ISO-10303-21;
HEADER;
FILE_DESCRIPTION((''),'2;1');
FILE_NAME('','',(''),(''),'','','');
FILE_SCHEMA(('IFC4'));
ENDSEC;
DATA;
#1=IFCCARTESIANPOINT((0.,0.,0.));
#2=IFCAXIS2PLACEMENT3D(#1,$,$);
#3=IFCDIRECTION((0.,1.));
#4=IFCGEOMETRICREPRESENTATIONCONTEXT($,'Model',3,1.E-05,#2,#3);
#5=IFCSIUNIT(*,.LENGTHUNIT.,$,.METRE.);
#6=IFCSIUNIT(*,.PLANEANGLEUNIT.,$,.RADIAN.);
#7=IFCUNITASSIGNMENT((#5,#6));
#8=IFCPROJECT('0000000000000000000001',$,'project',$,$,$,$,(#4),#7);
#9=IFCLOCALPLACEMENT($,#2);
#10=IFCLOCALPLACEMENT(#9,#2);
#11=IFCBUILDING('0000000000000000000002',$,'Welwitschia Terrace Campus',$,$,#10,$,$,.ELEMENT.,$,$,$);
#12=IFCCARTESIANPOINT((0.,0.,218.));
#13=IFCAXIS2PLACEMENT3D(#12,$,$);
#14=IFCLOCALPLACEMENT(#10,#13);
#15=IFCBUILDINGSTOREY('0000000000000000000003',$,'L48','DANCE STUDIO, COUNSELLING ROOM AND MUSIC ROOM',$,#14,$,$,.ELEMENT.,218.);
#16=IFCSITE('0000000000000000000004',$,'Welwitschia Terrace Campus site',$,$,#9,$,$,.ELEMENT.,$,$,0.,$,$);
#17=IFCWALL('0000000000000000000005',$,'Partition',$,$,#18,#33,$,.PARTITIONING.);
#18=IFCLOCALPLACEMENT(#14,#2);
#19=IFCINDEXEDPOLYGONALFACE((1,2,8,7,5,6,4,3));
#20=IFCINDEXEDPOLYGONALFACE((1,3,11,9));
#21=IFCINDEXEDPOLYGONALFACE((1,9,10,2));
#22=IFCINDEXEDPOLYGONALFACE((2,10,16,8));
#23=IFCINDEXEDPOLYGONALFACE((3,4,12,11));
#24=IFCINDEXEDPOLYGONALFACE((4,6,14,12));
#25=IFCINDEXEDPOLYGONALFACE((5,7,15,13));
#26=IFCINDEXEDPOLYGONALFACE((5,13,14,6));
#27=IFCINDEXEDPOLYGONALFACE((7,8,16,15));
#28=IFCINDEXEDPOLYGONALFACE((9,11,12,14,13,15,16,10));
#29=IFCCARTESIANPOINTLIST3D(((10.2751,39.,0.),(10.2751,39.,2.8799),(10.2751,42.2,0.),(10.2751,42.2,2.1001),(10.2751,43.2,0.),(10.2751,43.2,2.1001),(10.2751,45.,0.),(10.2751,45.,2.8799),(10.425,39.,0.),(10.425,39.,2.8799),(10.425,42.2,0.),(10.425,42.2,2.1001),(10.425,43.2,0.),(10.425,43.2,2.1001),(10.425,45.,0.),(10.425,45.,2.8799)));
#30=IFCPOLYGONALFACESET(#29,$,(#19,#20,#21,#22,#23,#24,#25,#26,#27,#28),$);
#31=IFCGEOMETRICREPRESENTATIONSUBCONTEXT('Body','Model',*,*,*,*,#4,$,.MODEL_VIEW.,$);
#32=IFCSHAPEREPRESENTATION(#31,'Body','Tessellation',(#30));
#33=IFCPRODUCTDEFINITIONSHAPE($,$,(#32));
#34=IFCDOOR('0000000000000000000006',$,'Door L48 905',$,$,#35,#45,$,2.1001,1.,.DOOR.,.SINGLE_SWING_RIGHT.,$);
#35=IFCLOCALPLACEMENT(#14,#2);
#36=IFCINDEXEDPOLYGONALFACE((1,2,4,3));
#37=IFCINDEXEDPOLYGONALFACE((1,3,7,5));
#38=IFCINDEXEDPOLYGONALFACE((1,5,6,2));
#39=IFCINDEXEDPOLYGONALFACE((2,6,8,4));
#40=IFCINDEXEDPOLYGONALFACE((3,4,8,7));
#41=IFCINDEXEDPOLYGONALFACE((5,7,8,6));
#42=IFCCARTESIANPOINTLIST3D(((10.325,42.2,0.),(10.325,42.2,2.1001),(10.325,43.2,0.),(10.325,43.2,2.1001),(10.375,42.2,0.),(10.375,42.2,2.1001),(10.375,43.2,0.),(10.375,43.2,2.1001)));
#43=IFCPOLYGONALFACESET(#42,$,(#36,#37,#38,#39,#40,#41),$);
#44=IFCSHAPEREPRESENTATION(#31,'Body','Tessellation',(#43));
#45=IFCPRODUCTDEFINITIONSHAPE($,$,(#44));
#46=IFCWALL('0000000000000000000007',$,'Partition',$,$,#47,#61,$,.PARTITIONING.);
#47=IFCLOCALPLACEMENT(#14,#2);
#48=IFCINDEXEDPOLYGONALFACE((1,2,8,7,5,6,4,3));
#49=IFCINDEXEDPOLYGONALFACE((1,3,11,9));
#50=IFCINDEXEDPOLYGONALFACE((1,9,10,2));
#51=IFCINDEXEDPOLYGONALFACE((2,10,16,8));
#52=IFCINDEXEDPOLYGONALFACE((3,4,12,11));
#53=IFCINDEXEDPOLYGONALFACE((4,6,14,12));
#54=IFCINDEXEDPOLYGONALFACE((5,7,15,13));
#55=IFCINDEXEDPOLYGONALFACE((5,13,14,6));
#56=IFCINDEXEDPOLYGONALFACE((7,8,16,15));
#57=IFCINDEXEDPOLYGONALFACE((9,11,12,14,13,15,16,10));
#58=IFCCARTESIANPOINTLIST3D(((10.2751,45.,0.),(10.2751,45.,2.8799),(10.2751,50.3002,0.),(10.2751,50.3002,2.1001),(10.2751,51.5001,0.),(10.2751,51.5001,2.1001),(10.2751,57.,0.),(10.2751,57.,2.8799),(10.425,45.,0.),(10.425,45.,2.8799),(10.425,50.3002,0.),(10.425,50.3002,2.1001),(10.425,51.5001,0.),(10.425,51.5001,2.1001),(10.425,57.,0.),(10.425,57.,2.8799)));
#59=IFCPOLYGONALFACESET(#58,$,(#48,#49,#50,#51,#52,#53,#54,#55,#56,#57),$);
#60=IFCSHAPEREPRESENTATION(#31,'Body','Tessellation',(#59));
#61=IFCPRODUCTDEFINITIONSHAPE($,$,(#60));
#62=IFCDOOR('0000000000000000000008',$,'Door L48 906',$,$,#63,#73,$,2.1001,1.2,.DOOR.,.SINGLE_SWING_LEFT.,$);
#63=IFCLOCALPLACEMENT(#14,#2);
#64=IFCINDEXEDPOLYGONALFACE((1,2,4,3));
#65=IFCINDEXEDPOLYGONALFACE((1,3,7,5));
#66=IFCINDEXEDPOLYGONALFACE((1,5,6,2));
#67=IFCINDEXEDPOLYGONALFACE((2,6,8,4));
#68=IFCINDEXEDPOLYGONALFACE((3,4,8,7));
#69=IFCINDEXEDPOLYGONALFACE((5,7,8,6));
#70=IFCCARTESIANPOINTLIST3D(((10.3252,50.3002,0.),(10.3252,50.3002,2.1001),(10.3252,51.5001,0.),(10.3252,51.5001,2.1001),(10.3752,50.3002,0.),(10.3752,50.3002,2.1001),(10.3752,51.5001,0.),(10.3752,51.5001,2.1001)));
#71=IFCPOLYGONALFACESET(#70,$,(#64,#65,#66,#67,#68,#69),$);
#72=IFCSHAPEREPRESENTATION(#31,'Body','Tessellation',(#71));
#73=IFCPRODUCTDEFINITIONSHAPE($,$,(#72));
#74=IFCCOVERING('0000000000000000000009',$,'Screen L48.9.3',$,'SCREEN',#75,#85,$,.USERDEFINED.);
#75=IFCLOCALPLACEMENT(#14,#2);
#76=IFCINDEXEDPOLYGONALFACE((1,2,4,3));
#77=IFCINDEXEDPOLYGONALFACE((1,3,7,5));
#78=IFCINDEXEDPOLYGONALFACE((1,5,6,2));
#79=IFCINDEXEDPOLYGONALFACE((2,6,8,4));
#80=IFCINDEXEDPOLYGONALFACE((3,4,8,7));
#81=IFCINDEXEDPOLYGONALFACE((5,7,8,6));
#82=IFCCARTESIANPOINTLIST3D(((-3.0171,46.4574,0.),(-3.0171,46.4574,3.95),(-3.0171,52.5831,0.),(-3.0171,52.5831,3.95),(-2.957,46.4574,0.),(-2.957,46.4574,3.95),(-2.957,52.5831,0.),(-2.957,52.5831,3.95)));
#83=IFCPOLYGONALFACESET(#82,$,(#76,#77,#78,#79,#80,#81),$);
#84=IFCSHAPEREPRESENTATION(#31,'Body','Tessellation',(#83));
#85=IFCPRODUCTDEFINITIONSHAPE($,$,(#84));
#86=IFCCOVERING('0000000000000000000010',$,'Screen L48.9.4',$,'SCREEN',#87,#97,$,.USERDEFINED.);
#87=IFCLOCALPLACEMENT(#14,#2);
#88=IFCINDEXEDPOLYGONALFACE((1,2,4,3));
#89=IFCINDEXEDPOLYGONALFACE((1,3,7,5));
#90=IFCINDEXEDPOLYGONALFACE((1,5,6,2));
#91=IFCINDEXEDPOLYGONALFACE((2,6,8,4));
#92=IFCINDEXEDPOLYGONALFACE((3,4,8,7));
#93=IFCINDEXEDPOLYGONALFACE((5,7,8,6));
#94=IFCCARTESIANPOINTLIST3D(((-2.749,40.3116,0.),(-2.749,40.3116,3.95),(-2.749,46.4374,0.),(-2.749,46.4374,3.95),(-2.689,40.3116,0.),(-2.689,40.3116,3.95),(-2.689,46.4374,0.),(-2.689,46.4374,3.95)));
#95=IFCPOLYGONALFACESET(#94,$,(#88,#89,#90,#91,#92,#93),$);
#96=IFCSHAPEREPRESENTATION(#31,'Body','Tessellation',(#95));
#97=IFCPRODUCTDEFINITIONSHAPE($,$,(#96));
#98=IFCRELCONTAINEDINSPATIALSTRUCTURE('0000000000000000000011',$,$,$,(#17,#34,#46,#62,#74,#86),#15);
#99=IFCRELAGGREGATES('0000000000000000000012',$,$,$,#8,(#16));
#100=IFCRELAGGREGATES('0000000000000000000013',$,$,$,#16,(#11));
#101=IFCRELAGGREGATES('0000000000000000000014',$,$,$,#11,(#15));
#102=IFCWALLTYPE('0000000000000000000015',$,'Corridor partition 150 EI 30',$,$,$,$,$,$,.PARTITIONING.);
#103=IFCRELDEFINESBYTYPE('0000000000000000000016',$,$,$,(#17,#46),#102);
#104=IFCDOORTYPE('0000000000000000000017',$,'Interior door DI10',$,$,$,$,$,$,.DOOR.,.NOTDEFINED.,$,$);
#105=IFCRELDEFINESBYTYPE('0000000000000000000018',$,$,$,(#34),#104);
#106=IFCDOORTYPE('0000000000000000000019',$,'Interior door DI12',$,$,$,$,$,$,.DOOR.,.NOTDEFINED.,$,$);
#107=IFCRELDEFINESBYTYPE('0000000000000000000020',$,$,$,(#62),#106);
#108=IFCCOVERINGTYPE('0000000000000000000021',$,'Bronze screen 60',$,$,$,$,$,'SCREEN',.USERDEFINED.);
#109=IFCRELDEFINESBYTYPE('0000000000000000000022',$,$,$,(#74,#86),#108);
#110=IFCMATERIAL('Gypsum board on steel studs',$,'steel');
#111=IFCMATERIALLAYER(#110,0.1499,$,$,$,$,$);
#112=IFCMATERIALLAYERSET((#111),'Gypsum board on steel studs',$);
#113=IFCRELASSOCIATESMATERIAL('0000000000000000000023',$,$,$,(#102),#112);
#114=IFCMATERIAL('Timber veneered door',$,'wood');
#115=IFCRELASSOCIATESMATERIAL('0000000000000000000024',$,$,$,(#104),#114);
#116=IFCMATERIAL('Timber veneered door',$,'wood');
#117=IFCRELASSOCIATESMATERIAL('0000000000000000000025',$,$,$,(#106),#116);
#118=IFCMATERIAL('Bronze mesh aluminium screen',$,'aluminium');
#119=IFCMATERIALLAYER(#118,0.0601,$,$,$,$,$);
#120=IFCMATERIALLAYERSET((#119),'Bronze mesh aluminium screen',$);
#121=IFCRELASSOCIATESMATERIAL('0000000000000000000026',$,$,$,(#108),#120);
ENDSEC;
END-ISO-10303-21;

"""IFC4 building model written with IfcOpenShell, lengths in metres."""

from ifc_helpers import new_model, si_unit, direction, frame, frame_2d, origin, origin_2d, place, context, subcontext, project, spatial, rectangle, extrude, material, layer, layer_set, type_object, element, fill, save


model = new_model("IFC4")

# Units and contexts
model_context = context("Model", 3, precision=1e-05, world=origin(), true_north=direction((0.0, 1.0)))
body_context = subcontext(model_context, "Body", "Model", "MODEL_VIEW")
ifc_project = project(units=[si_unit("LENGTHUNIT", "METRE"), si_unit("PLANEANGLEUNIT", "RADIAN")], contexts=[model_context])

# Site, building, storey
site_placement = place(None, origin())
site = spatial("IfcSite", under=ifc_project, at=site_placement, Name="Welwitschia Terrace Campus site", CompositionType="ELEMENT", RefElevation=0.0)
building_placement = place(site_placement, origin())
building = spatial("IfcBuilding", under=site, at=building_placement, Name="Welwitschia Terrace Campus", CompositionType="ELEMENT")
storey_placement = place(building_placement, frame((0.0, 0.0, 218.0)))
storey = spatial("IfcBuildingStorey", under=building, at=storey_placement, Name="L48", Description="DANCE STUDIO, COUNSELLING ROOM AND MUSIC ROOM", CompositionType="ELEMENT", Elevation=218.0)

# Shared definitions
ifc_material_1 = material(Name="Gypsum board on steel studs", Category="steel")
ifc_layer_1 = layer(ifc_material_1, 0.1499)
ifc_layer_set_1 = layer_set([ifc_layer_1], Name="Gypsum board on steel studs")
wall_type = type_object("IfcWallType", Name="Corridor partition 150 EI 30", PredefinedType="PARTITIONING", material=ifc_layer_set_1)

# Shared definitions
ifc_material_2 = material(Name="Timber veneered door", Category="wood")
door_type_1 = type_object("IfcDoorType", Name="Interior door DI10", OperationType="NOTDEFINED", PredefinedType="DOOR", material=ifc_material_2)

# Walls, openings, doors
wall_1_placement = place(storey_placement, frame((10.3501, 45.0, 0.0), z_axis=(0.0, 0.0, 1.0), x_axis=(0.0, -1.0, 0.0)))
wall_1 = element("IfcWall", 1, at=wall_1_placement, inside=storey, type_object=wall_type, Name="Partition", PredefinedType="PARTITIONING", context=body_context, shape_type="SweptSolid", body=[
    extrude(rectangle(XDim=6.0, YDim=0.1499, at=frame_2d((3.0, 0.0))), origin(), (0.0, 0.0, 1.0), 2.8799),
])
opening_1_placement = place(wall_1_placement, frame((1.8, 0.0, 0.0)))
opening_1 = element("IfcOpeningElement", 2, at=opening_1_placement, cuts=wall_1, PredefinedType="OPENING", context=body_context, shape_type="SweptSolid", body=[
    extrude(rectangle(XDim=1.0, YDim=2.1001, at=frame_2d((0.5, 1.05))), frame((0.0, 0.085, 0.0), z_axis=(0.0, -1.0, 0.0), x_axis=(1.0, 0.0, 0.0)), (0.0, 0.0, 1.0), 0.1699),
])
door_1_placement = place(opening_1_placement, origin())
door_1 = element("IfcDoor", 3, at=door_1_placement, inside=storey, type_object=door_type_1, Name="Door L48 905", OperationType="SINGLE_SWING_RIGHT", OverallHeight=2.1001, OverallWidth=1.0, PredefinedType="DOOR", context=body_context, shape_type="SweptSolid", body=[
    extrude(rectangle(XDim=1.0, YDim=2.1001, at=frame_2d((0.5, 1.05))), frame((0.0, 0.0249, 0.0), z_axis=(0.0, -1.0, 0.0), x_axis=(1.0, 0.0, 0.0)), (0.0, 0.0, 1.0), 0.05),
])
fill(opening_1, door_1)
wall_2_placement = place(storey_placement, frame((10.3501, 45.0, 0.0), z_axis=(0.0, 0.0, 1.0), x_axis=(0.0, 1.0, 0.0)))
wall_2 = element("IfcWall", 4, at=wall_2_placement, inside=storey, type_object=wall_type, Name="Partition", PredefinedType="PARTITIONING", context=body_context, shape_type="SweptSolid", body=[
    extrude(rectangle(XDim=12.0, YDim=0.1499, at=frame_2d((6.0, 0.0))), origin(), (0.0, 0.0, 1.0), 2.8799),
])
opening_2_placement = place(wall_2_placement, frame((5.3, 0.0, 0.0)))
opening_2 = element("IfcOpeningElement", 5, at=opening_2_placement, cuts=wall_2, PredefinedType="OPENING", context=body_context, shape_type="SweptSolid", body=[
    extrude(rectangle(XDim=1.2, YDim=2.1001, at=frame_2d((0.6001, 1.05))), frame((0.0, 0.085, 0.0), z_axis=(0.0, -1.0, 0.0), x_axis=(1.0, 0.0, 0.0)), (0.0, 0.0, 1.0), 0.1699),
])
ifc_material_3 = material(Name="Timber veneered door", Category="wood")
door_type_2 = type_object("IfcDoorType", Name="Interior door DI12", OperationType="NOTDEFINED", PredefinedType="DOOR", material=ifc_material_3)
door_2_placement = place(opening_2_placement, origin())
door_2 = element("IfcDoor", 6, at=door_2_placement, inside=storey, type_object=door_type_2, Name="Door L48 906", OperationType="SINGLE_SWING_LEFT", OverallHeight=2.1001, OverallWidth=1.2, PredefinedType="DOOR", context=body_context, shape_type="SweptSolid", body=[
    extrude(rectangle(XDim=1.2, YDim=2.1001, at=frame_2d((0.6001, 1.05))), frame((0.0, 0.0249, 0.0), z_axis=(0.0, -1.0, 0.0), x_axis=(1.0, 0.0, 0.0)), (0.0, 0.0, 1.0), 0.05),
])
fill(opening_2, door_2)

# Coverings
ifc_material_4 = material(Name="Bronze mesh aluminium screen", Category="aluminium")
ifc_layer_2 = layer(ifc_material_4, 0.0601)
ifc_layer_set_2 = layer_set([ifc_layer_2], Name="Bronze mesh aluminium screen")
covering_type = type_object("IfcCoveringType", Name="Bronze screen 60", ElementType="SCREEN", PredefinedType="USERDEFINED", material=ifc_layer_set_2)
for number, where, z_axis, x_axis, name in (
    (7, (-2.9871, 49.5203, 0.0), (0.0, 0.0, 1.0), (0.0, -1.0, 0.0), "Screen L48.9.3"),
    (8, (-2.719, 43.3745, 0.0), (0.0, 0.0, 1.0), (0.0, -1.0, 0.0), "Screen L48.9.4"),
):
    element("IfcCovering", number, at=place(storey_placement, frame(where, z_axis=z_axis, x_axis=x_axis)), inside=storey, type_object=covering_type, Name=name, ObjectType="SCREEN", PredefinedType="USERDEFINED", context=body_context, shape_type="SweptSolid", body=[
        extrude(rectangle(XDim=6.1257, YDim=0.0601, at=origin_2d()), origin(), (0.0, 0.0, 1.0), 3.95),
    ])

save(model, "model.ifc")
